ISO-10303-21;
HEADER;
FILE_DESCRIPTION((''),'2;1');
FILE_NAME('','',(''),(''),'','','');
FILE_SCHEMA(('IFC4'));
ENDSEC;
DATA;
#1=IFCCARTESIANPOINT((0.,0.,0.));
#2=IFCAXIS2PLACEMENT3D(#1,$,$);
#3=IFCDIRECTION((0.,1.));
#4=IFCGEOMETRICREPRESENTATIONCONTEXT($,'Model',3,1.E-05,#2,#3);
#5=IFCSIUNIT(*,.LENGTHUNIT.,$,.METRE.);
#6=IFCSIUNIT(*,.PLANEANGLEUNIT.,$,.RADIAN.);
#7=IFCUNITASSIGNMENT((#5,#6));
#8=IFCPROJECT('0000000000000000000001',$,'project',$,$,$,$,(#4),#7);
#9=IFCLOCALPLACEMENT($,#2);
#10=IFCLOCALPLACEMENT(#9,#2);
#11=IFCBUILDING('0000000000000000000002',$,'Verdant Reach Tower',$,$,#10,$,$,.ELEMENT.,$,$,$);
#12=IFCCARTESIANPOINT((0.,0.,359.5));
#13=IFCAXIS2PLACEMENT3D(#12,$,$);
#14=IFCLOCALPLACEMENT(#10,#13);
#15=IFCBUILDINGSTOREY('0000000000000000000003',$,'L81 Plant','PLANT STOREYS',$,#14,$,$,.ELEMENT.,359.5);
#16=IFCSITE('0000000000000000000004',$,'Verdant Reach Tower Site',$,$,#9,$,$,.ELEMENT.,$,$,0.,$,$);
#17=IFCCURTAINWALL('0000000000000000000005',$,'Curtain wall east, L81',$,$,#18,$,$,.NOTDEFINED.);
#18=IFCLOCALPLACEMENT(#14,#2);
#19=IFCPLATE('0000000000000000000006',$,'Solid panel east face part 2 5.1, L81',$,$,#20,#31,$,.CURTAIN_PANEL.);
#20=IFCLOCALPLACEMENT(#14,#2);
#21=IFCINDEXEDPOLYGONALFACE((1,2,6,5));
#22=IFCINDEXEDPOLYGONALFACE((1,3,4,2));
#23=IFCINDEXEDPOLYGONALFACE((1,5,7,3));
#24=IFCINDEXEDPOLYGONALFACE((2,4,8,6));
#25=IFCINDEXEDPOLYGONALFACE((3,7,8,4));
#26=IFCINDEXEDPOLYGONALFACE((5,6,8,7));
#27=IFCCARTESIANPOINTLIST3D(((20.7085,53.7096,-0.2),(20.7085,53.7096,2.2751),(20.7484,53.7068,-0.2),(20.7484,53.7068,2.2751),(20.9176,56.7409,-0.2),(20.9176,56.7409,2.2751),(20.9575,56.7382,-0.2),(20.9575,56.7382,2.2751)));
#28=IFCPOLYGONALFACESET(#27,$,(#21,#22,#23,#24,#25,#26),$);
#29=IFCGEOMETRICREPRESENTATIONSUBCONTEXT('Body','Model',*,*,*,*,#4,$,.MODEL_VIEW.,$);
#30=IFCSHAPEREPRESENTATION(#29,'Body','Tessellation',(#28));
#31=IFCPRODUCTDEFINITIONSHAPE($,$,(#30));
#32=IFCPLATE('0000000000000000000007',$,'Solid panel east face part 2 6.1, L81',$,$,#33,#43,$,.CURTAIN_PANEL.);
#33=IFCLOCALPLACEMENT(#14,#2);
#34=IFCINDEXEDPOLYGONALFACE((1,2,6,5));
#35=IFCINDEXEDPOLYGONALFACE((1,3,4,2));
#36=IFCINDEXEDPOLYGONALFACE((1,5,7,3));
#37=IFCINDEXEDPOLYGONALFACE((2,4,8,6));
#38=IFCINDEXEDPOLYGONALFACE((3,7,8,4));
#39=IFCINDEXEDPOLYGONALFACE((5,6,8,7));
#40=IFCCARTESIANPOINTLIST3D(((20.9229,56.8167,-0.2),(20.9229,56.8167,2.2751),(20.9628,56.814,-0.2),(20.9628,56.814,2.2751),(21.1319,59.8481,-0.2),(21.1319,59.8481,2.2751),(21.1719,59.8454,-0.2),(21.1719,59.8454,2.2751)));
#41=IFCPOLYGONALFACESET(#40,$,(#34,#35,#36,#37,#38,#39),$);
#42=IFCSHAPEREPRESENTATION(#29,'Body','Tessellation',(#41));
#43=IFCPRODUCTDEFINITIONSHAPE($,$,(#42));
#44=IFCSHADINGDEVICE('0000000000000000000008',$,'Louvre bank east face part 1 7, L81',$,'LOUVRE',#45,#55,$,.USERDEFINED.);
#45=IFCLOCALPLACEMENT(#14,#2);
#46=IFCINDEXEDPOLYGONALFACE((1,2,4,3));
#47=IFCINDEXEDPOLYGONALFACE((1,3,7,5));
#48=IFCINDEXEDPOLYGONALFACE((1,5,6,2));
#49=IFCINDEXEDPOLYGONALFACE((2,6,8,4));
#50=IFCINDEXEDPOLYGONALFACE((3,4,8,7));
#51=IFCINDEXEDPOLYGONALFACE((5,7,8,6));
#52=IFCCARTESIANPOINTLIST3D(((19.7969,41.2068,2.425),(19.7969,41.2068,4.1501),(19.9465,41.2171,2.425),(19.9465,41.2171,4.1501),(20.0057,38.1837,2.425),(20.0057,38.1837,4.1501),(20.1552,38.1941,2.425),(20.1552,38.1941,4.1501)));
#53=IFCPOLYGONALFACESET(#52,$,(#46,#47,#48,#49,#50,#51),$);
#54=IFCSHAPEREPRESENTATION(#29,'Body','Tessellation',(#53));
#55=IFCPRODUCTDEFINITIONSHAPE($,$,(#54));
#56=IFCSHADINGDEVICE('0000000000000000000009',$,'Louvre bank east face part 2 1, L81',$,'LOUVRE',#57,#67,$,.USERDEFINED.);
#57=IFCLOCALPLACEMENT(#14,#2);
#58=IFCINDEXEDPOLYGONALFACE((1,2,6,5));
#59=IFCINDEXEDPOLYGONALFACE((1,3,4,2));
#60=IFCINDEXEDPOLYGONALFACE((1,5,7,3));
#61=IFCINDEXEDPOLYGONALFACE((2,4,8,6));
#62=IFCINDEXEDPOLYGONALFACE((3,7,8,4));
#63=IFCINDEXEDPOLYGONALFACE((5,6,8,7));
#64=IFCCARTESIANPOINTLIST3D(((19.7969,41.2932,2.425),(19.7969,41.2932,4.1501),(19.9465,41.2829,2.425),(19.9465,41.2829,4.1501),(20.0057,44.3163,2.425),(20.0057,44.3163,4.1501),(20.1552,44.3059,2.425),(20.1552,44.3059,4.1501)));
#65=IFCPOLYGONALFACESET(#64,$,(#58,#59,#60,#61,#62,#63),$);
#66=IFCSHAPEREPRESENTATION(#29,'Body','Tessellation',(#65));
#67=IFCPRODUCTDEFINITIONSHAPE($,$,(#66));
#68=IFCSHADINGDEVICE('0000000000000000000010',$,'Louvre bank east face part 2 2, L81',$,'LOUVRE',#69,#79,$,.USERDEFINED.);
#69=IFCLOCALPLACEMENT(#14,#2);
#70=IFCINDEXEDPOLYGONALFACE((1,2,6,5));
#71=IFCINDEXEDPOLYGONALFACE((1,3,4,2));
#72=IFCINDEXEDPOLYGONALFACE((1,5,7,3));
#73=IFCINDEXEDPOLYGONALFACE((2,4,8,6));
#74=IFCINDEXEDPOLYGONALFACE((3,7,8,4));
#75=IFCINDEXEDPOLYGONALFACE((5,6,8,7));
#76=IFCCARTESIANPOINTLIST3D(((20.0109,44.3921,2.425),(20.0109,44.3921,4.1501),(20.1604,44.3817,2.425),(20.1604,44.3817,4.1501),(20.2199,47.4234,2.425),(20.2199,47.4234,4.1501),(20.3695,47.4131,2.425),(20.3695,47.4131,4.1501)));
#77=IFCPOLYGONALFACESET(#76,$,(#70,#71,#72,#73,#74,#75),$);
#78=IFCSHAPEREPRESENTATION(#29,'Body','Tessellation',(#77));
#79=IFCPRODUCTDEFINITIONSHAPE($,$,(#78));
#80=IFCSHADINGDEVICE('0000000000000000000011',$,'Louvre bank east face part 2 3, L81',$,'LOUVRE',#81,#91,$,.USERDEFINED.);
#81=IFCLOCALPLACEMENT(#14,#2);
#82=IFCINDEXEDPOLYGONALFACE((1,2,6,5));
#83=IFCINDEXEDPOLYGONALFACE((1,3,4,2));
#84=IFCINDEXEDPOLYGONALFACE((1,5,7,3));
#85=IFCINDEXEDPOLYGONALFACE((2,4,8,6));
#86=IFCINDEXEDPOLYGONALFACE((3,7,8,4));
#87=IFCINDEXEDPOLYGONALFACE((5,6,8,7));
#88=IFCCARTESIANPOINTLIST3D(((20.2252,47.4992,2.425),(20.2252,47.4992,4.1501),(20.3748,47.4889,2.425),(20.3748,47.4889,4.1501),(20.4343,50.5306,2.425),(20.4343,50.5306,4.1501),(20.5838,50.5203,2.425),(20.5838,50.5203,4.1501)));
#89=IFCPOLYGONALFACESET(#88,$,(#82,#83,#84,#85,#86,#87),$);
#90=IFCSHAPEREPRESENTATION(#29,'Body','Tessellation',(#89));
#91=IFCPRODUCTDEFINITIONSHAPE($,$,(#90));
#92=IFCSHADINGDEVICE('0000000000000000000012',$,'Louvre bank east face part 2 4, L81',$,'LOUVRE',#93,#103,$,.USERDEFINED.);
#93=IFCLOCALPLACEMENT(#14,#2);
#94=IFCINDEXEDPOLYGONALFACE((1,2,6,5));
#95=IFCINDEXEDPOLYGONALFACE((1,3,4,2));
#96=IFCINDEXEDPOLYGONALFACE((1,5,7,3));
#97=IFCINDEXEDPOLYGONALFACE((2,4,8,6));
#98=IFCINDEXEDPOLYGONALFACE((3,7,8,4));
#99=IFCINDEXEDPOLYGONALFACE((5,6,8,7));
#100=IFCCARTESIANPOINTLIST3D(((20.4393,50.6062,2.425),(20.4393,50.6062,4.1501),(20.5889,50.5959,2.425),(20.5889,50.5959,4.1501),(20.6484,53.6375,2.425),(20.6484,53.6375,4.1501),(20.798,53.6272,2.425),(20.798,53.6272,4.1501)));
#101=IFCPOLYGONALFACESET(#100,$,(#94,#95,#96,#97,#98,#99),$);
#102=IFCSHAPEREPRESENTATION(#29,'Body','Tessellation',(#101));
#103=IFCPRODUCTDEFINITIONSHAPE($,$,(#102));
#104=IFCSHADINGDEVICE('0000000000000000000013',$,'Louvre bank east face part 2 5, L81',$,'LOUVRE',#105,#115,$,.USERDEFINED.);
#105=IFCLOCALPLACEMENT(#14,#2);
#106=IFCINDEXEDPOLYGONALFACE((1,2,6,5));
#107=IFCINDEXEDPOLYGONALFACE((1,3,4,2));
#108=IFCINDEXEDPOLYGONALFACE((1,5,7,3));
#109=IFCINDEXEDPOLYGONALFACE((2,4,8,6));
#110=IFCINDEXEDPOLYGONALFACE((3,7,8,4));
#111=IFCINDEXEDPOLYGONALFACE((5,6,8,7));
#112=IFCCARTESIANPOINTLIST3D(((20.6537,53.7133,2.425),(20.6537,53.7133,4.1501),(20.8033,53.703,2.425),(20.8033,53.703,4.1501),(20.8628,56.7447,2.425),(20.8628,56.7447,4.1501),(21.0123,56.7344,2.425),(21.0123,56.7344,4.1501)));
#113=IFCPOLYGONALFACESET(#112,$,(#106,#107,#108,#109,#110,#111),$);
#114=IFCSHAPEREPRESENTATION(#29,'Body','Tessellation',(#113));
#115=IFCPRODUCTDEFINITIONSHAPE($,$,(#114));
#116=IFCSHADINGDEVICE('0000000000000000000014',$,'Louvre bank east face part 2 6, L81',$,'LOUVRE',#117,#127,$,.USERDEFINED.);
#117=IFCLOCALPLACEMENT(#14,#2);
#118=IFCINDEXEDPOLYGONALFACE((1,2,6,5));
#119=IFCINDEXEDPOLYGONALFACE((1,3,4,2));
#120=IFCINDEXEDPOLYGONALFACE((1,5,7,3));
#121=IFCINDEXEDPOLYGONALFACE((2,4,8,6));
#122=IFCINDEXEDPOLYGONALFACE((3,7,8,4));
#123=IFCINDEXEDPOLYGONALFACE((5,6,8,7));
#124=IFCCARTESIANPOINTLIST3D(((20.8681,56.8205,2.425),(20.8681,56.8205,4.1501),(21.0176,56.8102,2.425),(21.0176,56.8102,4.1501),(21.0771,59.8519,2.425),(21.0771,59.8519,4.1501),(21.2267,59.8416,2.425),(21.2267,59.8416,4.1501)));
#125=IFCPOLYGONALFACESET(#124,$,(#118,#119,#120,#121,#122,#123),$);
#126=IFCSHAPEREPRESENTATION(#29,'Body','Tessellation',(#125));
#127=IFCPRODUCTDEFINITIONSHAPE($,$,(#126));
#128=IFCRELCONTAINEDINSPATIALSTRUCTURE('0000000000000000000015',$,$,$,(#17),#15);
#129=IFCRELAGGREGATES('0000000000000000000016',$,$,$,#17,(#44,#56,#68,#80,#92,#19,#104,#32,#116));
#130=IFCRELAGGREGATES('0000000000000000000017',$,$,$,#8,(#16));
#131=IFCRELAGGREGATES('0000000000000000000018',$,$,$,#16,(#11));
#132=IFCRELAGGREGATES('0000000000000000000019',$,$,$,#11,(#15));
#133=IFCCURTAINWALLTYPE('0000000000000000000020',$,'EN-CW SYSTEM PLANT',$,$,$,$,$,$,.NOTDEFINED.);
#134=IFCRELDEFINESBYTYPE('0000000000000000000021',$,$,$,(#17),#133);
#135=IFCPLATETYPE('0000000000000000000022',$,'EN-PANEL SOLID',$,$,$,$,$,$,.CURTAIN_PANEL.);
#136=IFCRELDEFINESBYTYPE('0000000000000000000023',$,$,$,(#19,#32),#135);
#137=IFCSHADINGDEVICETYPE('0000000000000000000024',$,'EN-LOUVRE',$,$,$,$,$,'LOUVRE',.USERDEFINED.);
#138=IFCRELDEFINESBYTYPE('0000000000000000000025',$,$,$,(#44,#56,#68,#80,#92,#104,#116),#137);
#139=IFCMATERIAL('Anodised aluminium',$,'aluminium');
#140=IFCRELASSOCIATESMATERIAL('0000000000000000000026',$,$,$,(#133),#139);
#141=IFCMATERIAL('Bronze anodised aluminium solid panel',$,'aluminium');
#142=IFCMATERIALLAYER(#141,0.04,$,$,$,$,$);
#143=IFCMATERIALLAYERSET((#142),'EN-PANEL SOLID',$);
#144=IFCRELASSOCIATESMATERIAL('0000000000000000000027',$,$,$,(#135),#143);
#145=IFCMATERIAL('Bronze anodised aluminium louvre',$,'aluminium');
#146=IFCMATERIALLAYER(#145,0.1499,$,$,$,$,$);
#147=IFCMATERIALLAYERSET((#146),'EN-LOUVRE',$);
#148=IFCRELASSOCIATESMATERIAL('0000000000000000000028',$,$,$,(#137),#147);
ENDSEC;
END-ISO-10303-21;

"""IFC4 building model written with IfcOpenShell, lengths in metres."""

from ifc_helpers import new_model, si_unit, direction, frame, origin, origin_2d, place, context, subcontext, project, spatial, rectangle, extrude, material, layer, layer_set, type_object, element, aggregate, save


model = new_model("IFC4")

# Units and contexts
model_context = context("Model", 3, precision=1e-05, world=origin(), true_north=direction((0.0, 1.0)))
body_context = subcontext(model_context, "Body", "Model", "MODEL_VIEW")
ifc_project = project(units=[si_unit("LENGTHUNIT", "METRE"), si_unit("PLANEANGLEUNIT", "RADIAN")], contexts=[model_context])

# Site, building, storey
site_placement = place(None, origin())
site = spatial("IfcSite", under=ifc_project, at=site_placement, Name="Verdant Reach Tower Site", CompositionType="ELEMENT", RefElevation=0.0)
building_placement = place(site_placement, origin())
building = spatial("IfcBuilding", under=site, at=building_placement, Name="Verdant Reach Tower", CompositionType="ELEMENT")
storey_placement = place(building_placement, frame((0.0, 0.0, 359.5)))
storey = spatial("IfcBuildingStorey", under=building, at=storey_placement, Name="L81 Plant", Description="PLANT STOREYS", CompositionType="ELEMENT", Elevation=359.5)

# Curtain wall, plates
ifc_material_1 = material(Name="Anodised aluminium", Category="aluminium")
curtain_wall_type = type_object("IfcCurtainWallType", Name="EN-CW SYSTEM PLANT", PredefinedType="NOTDEFINED", material=ifc_material_1)
curtain_wall_placement = place(storey_placement, origin())
curtain_wall = element("IfcCurtainWall", 1, at=curtain_wall_placement, inside=storey, type_object=curtain_wall_type, Name="Curtain wall east, L81", PredefinedType="NOTDEFINED")
ifc_material_2 = material(Name="Bronze anodised aluminium solid panel", Category="aluminium")
ifc_layer_1 = layer(ifc_material_2, 0.04)
ifc_layer_set_1 = layer_set([ifc_layer_1], Name="EN-PANEL SOLID")
plate_type = type_object("IfcPlateType", Name="EN-PANEL SOLID", PredefinedType="CURTAIN_PANEL", material=ifc_layer_set_1)
plate_1_placement = place(storey_placement, frame((20.833, 55.2239, -0.2), z_axis=(0.0, 0.0, 1.0), x_axis=(0.068802, 0.99763, 0.0)))
plate_1 = element("IfcPlate", 2, at=plate_1_placement, type_object=plate_type, Name="Solid panel east face part 2 5.1, L81", PredefinedType="CURTAIN_PANEL", context=body_context, shape_type="SweptSolid", body=[
    extrude(rectangle(XDim=3.0386, YDim=0.04, at=origin_2d()), origin(), (0.0, 0.0, 1.0), 2.4751),
])
plate_2_placement = place(storey_placement, frame((21.0474, 58.3311, -0.2), z_axis=(0.0, 0.0, 1.0), x_axis=(0.068802, 0.99763, 0.0)))
plate_2 = element("IfcPlate", 3, at=plate_2_placement, type_object=plate_type, Name="Solid panel east face part 2 6.1, L81", PredefinedType="CURTAIN_PANEL", context=body_context, shape_type="SweptSolid", body=[
    extrude(rectangle(XDim=3.0386, YDim=0.04, at=origin_2d()), origin(), (0.0, 0.0, 1.0), 2.4751),
])

# Shading devices
ifc_material_3 = material(Name="Bronze anodised aluminium louvre", Category="aluminium")
ifc_layer_2 = layer(ifc_material_3, 0.1499)
ifc_layer_set_2 = layer_set([ifc_layer_2], Name="EN-LOUVRE")
shading_device_type = type_object("IfcShadingDeviceType", Name="EN-LOUVRE", ElementType="LOUVRE", PredefinedType="USERDEFINED", material=ifc_layer_set_2)
shading_device_1_placement = place(storey_placement, frame((19.9761, 39.7004, 2.425), z_axis=(0.0, 0.0, 1.0), x_axis=(-0.068893, 0.997624, 0.0)))
shading_device_1 = element("IfcShadingDevice", 4, at=shading_device_1_placement, type_object=shading_device_type, Name="Louvre bank east face part 1 7, L81", ObjectType="LOUVRE", PredefinedType="USERDEFINED", context=body_context, shape_type="SweptSolid", body=[
    extrude(rectangle(XDim=3.0303, YDim=0.1499, at=origin_2d()), origin(), (0.0, 0.0, 1.0), 1.7251),
])
shading_device_2_placement = place(storey_placement, frame((19.9761, 42.7996, 2.425), z_axis=(0.0, 0.0, 1.0), x_axis=(0.068893, 0.997624, 0.0)))
shading_device_2 = element("IfcShadingDevice", 5, at=shading_device_2_placement, type_object=shading_device_type, Name="Louvre bank east face part 2 1, L81", ObjectType="LOUVRE", PredefinedType="USERDEFINED", context=body_context, shape_type="SweptSolid", body=[
    extrude(rectangle(XDim=3.0303, YDim=0.1499, at=origin_2d()), origin(), (0.0, 0.0, 1.0), 1.7251),
])
shading_device_3_placement = place(storey_placement, frame((20.1902, 45.9026, 2.425), z_axis=(0.0, 0.0, 1.0), x_axis=(0.068802, 0.99763, 0.0)))
shading_device_3 = element("IfcShadingDevice", 6, at=shading_device_3_placement, type_object=shading_device_type, Name="Louvre bank east face part 2 2, L81", ObjectType="LOUVRE", PredefinedType="USERDEFINED", context=body_context, shape_type="SweptSolid", body=[
    extrude(rectangle(XDim=3.0386, YDim=0.1499, at=origin_2d()), origin(), (0.0, 0.0, 1.0), 1.7251),
])
shading_device_4_placement = place(storey_placement, frame((20.4045, 49.0098, 2.425), z_axis=(0.0, 0.0, 1.0), x_axis=(0.068802, 0.99763, 0.0)))
shading_device_4 = element("IfcShadingDevice", 7, at=shading_device_4_placement, type_object=shading_device_type, Name="Louvre bank east face part 2 3, L81", ObjectType="LOUVRE", PredefinedType="USERDEFINED", context=body_context, shape_type="SweptSolid", body=[
    extrude(rectangle(XDim=3.0386, YDim=0.1499, at=origin_2d()), origin(), (0.0, 0.0, 1.0), 1.7251),
])
shading_device_5_placement = place(storey_placement, frame((20.6187, 52.1167, 2.425), z_axis=(0.0, 0.0, 1.0), x_axis=(0.068802, 0.99763, 0.0)))
shading_device_5 = element("IfcShadingDevice", 8, at=shading_device_5_placement, type_object=shading_device_type, Name="Louvre bank east face part 2 4, L81", ObjectType="LOUVRE", PredefinedType="USERDEFINED", context=body_context, shape_type="SweptSolid", body=[
    extrude(rectangle(XDim=3.0386, YDim=0.1499, at=origin_2d()), origin(), (0.0, 0.0, 1.0), 1.7251),
])
shading_device_6_placement = place(storey_placement, frame((20.833, 55.2239, 2.425), z_axis=(0.0, 0.0, 1.0), x_axis=(0.068802, 0.99763, 0.0)))
shading_device_6 = element("IfcShadingDevice", 9, at=shading_device_6_placement, type_object=shading_device_type, Name="Louvre bank east face part 2 5, L81", ObjectType="LOUVRE", PredefinedType="USERDEFINED", context=body_context, shape_type="SweptSolid", body=[
    extrude(rectangle(XDim=3.0386, YDim=0.1499, at=origin_2d()), origin(), (0.0, 0.0, 1.0), 1.7251),
])
shading_device_7_placement = place(storey_placement, frame((21.0474, 58.3311, 2.425), z_axis=(0.0, 0.0, 1.0), x_axis=(0.068802, 0.99763, 0.0)))
shading_device_7 = element("IfcShadingDevice", 10, at=shading_device_7_placement, type_object=shading_device_type, Name="Louvre bank east face part 2 6, L81", ObjectType="LOUVRE", PredefinedType="USERDEFINED", context=body_context, shape_type="SweptSolid", body=[
    extrude(rectangle(XDim=3.0386, YDim=0.1499, at=origin_2d()), origin(), (0.0, 0.0, 1.0), 1.7251),
])
aggregate(curtain_wall, [shading_device_1, shading_device_2, shading_device_3, shading_device_4, shading_device_5, plate_1, shading_device_6, plate_2, shading_device_7])

save(model, "model.ifc")
